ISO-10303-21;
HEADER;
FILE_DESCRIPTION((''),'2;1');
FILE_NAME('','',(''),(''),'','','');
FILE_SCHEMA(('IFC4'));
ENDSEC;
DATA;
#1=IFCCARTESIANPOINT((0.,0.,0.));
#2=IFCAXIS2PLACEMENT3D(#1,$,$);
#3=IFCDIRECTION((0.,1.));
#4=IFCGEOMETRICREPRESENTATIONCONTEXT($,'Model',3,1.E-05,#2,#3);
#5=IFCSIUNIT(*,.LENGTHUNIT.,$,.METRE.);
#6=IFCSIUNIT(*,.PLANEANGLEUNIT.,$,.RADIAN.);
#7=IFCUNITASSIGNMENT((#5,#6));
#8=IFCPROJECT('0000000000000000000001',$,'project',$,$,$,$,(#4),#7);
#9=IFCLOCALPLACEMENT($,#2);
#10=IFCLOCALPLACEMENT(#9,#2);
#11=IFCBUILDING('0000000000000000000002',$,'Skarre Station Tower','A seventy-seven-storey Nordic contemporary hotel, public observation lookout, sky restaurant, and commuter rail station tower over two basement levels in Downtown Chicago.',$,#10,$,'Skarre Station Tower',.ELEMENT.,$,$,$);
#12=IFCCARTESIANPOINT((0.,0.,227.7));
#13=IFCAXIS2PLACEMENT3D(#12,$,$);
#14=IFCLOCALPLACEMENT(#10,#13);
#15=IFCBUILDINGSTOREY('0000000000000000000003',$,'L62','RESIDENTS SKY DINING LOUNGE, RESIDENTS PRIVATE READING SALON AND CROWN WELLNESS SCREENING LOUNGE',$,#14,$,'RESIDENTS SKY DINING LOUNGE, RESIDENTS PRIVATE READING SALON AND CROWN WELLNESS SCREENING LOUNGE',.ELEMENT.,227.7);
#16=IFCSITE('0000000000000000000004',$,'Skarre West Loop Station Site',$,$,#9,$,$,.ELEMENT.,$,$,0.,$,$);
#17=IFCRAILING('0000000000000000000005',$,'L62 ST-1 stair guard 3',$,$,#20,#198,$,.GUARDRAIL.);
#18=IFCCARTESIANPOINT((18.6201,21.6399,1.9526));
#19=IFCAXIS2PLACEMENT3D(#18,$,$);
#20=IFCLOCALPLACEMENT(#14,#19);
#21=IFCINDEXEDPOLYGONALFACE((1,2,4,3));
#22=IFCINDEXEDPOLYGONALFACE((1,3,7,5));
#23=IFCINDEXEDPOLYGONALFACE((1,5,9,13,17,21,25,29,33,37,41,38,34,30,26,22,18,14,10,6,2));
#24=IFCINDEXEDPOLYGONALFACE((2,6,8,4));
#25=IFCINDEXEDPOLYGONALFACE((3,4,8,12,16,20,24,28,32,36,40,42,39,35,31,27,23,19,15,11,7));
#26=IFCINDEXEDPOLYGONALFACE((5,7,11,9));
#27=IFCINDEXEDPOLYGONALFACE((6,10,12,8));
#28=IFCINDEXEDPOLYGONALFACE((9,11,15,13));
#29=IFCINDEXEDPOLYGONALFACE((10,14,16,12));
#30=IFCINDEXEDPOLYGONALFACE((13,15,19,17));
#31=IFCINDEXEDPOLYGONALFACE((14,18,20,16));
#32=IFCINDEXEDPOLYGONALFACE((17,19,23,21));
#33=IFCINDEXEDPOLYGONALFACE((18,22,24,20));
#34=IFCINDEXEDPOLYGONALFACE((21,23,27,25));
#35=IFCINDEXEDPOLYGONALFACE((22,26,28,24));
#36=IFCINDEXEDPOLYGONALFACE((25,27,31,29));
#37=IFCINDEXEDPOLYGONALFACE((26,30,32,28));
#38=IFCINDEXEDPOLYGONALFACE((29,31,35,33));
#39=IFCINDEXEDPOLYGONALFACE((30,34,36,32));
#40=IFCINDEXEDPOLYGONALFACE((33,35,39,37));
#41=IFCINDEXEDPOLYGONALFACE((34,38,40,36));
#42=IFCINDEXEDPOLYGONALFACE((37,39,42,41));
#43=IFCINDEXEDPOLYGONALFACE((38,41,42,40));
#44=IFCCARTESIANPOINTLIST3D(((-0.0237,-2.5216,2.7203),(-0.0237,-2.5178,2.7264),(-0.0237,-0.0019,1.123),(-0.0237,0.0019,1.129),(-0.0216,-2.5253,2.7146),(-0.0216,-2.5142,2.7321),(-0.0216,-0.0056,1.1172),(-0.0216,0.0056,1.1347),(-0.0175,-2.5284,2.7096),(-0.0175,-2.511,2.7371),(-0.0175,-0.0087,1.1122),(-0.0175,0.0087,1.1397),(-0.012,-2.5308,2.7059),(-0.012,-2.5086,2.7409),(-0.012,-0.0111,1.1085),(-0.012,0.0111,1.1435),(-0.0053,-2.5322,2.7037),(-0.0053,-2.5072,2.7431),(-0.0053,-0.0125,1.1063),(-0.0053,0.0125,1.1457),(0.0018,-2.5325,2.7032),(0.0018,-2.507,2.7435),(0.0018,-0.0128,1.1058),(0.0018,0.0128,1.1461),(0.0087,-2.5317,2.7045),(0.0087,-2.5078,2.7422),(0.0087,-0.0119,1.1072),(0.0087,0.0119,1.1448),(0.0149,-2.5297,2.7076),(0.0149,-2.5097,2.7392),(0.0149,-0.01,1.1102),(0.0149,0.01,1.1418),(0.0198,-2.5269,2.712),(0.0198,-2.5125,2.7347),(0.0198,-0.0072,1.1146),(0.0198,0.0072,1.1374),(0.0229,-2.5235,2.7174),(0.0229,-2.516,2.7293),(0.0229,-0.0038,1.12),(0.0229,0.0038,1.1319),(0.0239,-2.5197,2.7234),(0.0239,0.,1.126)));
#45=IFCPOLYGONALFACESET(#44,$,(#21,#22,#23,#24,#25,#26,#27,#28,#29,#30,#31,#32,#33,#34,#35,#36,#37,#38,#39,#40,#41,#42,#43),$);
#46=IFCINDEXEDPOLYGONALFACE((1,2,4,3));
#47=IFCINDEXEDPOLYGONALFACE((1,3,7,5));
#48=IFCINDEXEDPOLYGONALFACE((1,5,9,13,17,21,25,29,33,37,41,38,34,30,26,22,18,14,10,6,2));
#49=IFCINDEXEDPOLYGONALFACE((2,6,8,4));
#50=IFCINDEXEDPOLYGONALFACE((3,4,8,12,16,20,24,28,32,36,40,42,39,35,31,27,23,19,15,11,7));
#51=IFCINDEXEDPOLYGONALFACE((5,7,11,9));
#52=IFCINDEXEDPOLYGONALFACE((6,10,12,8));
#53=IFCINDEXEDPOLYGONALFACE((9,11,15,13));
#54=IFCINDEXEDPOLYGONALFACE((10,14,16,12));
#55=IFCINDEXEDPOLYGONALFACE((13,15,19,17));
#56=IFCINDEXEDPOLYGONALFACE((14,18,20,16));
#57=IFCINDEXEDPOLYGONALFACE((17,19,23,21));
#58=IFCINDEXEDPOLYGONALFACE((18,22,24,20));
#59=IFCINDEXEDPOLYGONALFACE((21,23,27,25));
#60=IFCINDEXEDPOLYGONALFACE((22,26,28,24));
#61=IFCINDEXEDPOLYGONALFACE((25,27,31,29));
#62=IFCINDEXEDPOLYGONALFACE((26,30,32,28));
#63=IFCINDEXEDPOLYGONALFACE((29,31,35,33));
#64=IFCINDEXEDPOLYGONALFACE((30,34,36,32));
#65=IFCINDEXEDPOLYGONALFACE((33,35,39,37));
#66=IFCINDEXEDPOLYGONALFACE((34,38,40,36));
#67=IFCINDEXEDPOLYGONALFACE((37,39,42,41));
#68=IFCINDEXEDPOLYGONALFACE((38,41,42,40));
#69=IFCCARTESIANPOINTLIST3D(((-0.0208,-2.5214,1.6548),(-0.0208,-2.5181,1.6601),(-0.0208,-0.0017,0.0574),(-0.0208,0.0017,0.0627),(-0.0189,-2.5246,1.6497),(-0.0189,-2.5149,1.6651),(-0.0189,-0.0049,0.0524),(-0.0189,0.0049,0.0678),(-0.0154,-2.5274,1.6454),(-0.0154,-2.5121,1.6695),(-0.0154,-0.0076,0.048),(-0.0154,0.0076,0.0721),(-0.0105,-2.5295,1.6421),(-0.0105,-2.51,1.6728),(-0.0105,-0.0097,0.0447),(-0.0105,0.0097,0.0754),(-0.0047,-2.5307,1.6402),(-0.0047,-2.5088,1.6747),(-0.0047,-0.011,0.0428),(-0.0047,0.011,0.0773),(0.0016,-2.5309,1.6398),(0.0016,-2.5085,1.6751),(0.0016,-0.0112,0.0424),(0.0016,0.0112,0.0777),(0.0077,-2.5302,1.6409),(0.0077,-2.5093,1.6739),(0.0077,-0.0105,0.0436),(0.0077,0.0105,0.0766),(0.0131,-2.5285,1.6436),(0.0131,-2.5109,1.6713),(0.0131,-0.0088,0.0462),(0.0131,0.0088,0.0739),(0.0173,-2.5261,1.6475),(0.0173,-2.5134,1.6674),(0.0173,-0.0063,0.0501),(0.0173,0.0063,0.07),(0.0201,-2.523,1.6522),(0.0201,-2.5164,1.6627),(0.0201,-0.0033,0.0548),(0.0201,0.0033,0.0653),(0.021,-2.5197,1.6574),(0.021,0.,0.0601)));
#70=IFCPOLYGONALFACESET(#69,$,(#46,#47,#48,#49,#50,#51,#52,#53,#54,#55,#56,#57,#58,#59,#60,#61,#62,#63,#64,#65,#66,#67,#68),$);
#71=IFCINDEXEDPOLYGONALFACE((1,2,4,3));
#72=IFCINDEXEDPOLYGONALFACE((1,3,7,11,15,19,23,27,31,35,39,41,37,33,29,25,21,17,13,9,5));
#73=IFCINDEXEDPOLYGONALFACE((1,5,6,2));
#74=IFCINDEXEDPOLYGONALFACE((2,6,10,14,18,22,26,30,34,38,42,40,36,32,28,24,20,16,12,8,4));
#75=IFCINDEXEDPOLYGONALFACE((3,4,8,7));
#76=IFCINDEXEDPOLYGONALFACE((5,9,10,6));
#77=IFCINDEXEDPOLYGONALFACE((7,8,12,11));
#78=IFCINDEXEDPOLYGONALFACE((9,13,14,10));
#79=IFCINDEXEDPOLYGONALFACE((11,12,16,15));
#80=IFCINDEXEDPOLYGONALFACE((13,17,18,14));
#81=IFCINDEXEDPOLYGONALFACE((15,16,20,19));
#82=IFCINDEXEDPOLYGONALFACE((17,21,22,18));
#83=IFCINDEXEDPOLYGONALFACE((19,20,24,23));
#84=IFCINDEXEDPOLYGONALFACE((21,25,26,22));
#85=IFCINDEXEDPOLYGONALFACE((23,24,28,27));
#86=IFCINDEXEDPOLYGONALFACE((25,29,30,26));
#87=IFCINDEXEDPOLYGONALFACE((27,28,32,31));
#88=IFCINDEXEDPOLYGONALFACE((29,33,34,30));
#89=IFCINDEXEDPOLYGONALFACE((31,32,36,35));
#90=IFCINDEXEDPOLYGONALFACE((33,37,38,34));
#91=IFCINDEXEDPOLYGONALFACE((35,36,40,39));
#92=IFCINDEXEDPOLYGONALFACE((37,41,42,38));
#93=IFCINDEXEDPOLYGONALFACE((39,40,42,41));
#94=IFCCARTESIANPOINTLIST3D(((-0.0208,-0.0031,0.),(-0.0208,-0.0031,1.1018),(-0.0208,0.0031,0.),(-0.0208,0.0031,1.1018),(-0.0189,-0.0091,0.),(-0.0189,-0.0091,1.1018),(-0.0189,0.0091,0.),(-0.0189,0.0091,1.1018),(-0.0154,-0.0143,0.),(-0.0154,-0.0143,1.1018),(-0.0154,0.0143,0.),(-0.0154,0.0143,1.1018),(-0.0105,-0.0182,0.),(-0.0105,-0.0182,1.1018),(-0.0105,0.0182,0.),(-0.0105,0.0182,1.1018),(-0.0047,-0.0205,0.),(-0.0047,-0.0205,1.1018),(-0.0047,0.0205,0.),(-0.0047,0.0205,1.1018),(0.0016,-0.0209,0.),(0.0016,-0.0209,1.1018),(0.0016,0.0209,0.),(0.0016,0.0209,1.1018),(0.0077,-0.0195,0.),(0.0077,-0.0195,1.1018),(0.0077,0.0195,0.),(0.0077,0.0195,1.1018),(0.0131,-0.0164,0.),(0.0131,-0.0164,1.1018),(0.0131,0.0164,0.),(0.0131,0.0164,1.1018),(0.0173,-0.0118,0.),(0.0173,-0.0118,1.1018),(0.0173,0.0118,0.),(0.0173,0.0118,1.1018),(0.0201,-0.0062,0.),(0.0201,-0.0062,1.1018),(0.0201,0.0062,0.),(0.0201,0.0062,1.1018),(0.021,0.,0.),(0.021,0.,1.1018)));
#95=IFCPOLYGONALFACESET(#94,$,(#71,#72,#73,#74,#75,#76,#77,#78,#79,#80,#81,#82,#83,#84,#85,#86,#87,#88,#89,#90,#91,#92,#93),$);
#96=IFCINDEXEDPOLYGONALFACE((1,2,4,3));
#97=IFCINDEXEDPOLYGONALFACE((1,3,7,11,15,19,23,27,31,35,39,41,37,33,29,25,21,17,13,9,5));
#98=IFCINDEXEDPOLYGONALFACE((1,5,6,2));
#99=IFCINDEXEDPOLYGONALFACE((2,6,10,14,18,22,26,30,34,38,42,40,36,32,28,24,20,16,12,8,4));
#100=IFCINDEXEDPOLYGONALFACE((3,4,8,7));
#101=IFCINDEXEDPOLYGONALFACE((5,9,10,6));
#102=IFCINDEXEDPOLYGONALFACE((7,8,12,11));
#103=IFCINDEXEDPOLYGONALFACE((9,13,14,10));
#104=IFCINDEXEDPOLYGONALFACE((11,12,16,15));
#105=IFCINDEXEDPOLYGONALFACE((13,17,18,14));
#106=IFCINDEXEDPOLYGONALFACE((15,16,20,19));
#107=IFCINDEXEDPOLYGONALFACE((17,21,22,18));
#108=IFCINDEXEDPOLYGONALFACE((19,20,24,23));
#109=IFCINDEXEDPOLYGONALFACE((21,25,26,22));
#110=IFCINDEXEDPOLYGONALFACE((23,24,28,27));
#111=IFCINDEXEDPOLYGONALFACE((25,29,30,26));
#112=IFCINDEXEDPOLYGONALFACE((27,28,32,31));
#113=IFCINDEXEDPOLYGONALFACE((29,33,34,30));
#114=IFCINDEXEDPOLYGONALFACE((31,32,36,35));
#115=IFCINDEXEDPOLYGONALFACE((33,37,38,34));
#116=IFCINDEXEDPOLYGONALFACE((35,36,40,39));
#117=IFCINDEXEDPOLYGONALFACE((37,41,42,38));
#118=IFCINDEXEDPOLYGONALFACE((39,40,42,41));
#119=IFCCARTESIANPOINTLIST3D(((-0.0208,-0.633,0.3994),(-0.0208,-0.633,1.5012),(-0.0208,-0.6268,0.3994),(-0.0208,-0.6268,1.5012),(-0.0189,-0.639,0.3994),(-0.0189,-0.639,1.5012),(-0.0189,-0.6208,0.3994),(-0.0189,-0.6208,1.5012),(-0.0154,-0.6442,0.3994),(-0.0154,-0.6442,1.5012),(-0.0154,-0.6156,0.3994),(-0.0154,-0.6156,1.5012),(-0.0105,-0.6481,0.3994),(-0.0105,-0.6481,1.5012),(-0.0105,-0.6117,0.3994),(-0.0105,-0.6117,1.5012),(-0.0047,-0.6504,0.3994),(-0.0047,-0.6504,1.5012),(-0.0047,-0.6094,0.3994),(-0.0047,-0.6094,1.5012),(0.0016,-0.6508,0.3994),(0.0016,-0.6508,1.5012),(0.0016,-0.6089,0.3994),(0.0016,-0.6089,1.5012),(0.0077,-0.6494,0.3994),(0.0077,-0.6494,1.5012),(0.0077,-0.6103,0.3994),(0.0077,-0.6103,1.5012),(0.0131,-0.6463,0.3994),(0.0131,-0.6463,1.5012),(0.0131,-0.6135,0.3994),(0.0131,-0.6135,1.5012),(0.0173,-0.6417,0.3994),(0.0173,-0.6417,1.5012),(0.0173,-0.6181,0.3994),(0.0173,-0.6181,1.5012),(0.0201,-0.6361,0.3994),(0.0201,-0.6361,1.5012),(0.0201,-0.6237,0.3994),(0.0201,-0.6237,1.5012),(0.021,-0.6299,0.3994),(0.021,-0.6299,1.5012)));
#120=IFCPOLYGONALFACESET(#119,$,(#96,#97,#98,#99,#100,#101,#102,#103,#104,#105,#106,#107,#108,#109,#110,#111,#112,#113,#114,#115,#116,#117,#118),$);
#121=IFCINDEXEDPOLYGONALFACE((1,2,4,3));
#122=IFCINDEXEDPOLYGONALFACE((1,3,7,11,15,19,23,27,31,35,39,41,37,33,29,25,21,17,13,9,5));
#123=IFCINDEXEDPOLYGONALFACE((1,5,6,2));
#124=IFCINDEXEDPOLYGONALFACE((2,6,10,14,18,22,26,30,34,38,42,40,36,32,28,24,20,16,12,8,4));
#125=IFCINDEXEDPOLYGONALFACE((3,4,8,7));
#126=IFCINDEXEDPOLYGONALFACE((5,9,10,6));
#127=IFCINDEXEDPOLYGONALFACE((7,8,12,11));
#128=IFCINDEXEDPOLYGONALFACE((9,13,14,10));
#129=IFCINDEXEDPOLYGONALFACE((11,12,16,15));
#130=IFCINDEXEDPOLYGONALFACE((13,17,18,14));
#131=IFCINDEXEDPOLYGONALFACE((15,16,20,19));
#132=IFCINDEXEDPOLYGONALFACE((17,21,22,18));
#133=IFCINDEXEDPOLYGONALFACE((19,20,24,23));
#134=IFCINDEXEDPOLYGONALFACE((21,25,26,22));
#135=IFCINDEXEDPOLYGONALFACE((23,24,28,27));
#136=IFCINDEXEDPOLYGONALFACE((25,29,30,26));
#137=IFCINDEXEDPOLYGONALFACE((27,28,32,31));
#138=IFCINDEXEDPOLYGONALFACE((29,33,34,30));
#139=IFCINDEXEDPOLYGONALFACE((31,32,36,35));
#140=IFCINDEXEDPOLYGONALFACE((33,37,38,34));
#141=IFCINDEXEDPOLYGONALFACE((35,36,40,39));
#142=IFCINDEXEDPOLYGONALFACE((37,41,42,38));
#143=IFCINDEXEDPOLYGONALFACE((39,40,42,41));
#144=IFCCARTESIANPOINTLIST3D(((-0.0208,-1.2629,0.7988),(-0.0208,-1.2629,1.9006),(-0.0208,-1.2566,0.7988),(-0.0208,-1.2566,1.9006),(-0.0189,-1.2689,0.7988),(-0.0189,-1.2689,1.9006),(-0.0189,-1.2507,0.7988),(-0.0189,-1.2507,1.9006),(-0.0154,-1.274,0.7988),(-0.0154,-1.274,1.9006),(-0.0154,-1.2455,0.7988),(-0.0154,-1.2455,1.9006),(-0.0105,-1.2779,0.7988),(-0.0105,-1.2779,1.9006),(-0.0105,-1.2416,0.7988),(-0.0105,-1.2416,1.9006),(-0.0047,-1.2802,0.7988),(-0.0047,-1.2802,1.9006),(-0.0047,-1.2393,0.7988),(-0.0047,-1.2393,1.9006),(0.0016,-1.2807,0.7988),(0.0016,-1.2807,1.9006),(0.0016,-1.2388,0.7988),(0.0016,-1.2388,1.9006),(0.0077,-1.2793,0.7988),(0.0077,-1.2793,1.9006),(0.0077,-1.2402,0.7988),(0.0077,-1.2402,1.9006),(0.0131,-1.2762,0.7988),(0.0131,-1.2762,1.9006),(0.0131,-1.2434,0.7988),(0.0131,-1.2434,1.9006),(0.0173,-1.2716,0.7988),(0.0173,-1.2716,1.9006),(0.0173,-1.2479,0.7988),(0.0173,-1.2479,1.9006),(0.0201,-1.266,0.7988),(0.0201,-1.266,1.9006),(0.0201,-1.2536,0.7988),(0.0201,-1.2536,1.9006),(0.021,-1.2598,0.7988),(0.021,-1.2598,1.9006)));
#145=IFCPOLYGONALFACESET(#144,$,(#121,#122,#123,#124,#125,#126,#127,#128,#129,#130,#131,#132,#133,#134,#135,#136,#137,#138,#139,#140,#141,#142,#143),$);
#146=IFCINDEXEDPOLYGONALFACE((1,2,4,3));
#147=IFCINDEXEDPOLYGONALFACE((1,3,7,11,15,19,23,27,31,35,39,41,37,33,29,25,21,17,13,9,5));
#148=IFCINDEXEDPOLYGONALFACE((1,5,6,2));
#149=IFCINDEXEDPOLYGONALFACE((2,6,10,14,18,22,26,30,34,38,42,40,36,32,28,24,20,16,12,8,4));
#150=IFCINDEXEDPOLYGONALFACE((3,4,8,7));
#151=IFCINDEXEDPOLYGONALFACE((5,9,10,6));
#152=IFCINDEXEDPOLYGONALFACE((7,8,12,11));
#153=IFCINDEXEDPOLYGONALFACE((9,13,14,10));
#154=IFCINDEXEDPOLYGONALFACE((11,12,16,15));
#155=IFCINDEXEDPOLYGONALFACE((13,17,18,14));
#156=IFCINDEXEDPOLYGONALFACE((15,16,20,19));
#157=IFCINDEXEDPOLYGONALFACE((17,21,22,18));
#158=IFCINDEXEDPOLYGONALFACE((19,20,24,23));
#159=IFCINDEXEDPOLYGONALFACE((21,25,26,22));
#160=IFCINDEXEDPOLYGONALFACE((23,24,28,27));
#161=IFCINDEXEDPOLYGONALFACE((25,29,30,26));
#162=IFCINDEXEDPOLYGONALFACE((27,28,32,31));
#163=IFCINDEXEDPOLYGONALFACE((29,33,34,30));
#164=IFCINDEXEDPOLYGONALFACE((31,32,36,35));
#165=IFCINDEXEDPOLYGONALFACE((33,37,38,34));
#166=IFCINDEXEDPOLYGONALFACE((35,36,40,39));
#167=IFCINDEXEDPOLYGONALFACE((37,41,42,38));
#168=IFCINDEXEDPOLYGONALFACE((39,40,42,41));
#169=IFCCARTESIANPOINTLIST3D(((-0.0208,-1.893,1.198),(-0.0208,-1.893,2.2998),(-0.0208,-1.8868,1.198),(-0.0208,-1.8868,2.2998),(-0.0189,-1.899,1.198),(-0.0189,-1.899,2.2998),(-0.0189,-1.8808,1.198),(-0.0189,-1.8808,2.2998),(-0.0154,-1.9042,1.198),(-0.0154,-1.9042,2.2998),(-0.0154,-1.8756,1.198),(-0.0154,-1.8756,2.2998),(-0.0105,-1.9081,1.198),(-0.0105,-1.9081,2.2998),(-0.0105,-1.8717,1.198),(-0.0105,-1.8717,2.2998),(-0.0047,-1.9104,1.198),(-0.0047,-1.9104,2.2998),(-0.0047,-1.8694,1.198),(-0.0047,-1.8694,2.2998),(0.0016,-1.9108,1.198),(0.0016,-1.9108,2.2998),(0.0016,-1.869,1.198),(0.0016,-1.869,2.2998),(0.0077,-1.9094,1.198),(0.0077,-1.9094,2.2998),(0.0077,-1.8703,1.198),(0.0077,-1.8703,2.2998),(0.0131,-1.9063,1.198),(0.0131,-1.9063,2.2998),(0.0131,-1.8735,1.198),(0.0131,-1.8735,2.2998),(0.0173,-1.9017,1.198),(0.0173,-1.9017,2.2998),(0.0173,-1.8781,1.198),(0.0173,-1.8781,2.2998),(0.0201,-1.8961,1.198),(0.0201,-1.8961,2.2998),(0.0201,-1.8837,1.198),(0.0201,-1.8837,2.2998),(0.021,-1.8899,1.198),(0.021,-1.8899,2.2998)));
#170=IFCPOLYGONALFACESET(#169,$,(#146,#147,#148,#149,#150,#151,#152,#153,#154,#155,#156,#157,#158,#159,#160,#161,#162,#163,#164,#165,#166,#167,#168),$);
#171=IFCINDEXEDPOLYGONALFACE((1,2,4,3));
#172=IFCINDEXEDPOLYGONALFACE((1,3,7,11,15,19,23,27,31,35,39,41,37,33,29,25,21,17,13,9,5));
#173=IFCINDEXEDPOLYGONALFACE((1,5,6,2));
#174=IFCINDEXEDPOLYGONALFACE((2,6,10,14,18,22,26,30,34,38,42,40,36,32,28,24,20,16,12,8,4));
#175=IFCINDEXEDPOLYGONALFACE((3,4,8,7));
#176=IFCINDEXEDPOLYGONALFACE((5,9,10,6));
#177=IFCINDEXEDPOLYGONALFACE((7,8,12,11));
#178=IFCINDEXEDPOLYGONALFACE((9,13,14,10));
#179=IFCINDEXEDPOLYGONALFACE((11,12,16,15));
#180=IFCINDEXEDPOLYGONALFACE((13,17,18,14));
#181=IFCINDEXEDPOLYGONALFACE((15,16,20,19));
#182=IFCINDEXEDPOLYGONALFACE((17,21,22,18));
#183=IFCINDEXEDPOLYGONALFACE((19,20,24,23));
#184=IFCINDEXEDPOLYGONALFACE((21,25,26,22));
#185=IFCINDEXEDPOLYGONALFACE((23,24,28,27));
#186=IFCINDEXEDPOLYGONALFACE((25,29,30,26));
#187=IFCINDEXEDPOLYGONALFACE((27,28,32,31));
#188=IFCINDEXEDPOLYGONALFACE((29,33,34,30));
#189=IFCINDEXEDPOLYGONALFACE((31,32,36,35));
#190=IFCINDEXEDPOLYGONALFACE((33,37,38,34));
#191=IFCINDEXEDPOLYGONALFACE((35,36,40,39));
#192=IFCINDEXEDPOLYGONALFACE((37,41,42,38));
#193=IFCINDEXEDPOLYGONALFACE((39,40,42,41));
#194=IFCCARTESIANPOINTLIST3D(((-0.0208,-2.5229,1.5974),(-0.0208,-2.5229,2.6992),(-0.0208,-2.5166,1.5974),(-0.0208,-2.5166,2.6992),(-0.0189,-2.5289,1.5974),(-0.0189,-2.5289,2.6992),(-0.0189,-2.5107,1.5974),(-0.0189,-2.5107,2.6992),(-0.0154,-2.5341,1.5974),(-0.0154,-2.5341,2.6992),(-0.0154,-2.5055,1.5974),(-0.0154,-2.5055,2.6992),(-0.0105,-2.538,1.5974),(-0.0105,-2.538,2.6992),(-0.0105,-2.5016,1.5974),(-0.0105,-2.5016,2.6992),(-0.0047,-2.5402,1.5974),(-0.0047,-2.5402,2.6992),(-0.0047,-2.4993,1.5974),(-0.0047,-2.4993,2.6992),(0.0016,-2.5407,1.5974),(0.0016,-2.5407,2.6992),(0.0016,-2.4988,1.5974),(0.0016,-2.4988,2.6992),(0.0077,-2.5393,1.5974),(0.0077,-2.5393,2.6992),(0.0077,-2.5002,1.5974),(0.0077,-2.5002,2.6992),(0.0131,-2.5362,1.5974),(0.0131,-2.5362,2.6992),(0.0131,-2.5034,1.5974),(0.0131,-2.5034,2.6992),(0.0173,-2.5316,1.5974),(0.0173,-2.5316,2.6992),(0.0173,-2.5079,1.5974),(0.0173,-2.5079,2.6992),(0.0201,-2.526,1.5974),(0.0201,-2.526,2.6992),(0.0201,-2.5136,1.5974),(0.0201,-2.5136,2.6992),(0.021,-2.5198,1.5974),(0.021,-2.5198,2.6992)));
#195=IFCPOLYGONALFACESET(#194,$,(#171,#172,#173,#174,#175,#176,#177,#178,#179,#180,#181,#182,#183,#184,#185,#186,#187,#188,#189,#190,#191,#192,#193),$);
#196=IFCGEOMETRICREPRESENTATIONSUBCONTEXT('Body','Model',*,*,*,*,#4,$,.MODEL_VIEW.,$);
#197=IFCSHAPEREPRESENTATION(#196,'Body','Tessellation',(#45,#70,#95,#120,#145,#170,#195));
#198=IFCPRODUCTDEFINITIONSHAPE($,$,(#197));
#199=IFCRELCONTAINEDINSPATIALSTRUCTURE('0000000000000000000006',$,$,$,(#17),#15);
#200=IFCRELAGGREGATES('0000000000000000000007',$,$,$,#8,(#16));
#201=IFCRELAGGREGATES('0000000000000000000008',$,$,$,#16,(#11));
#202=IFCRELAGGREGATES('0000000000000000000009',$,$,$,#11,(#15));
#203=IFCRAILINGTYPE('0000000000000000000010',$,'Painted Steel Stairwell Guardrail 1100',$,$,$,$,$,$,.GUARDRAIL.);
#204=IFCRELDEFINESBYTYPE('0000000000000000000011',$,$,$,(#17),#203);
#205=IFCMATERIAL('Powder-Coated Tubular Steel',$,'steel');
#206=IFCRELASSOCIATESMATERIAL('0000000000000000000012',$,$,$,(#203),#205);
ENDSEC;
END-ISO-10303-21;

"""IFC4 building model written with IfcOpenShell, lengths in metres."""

from ifc_helpers import new_model, si_unit, direction, frame, origin, origin_2d, place, context, subcontext, project, spatial, circle, extrude, material, type_object, element, save


model = new_model("IFC4")

# Units and contexts
model_context = context("Model", 3, precision=1e-05, world=origin(), true_north=direction((0.0, 1.0)))
body_context = subcontext(model_context, "Body", "Model", "MODEL_VIEW")
ifc_project = project(units=[si_unit("LENGTHUNIT", "METRE"), si_unit("PLANEANGLEUNIT", "RADIAN")], contexts=[model_context])

# Site, building, storey
site_placement = place(None, origin())
site = spatial("IfcSite", under=ifc_project, at=site_placement, Name="Skarre West Loop Station Site", CompositionType="ELEMENT", RefElevation=0.0)
building_placement = place(site_placement, origin())
building = spatial("IfcBuilding", under=site, at=building_placement, Name="Skarre Station Tower", Description="A seventy-seven-storey Nordic contemporary hotel, public observation lookout, sky restaurant, and commuter rail station tower over two basement levels in Downtown Chicago.", LongName="Skarre Station Tower", CompositionType="ELEMENT")
storey_placement = place(building_placement, frame((0.0, 0.0, 227.7)))
storey = spatial("IfcBuildingStorey", under=building, at=storey_placement, Name="L62", Description="RESIDENTS SKY DINING LOUNGE, RESIDENTS PRIVATE READING SALON AND CROWN WELLNESS SCREENING LOUNGE", LongName="RESIDENTS SKY DINING LOUNGE, RESIDENTS PRIVATE READING SALON AND CROWN WELLNESS SCREENING LOUNGE", CompositionType="ELEMENT", Elevation=227.7)

# Railing
ifc_material_1 = material(Name="Powder-Coated Tubular Steel", Category="steel")
railing_type_1 = type_object("IfcRailingType", Name="Painted Steel Stairwell Guardrail 1100", PredefinedType="GUARDRAIL", material=ifc_material_1)
railing_1_placement = place(storey_placement, frame((18.6201, 21.6399, 1.9526)))
element("IfcRailing", 1, at=railing_1_placement, inside=storey, type_object=railing_type_1, Name="L62 ST-1 stair guard 3", PredefinedType="GUARDRAIL", context=body_context, shape_type="SweptSolid", body=[
    extrude(circle(Radius=0.0239, at=origin_2d()), frame((0.0, 0.0, 1.126), z_axis=(0.0, -0.844583, 0.535424), x_axis=(1.0, 0.0, 0.0)), (0.0, 0.0, 1.0), 2.9834),
    extrude(circle(Radius=0.021, at=origin_2d()), frame((0.0, 0.0, 0.0601), z_axis=(0.0, -0.844583, 0.535424), x_axis=(1.0, 0.0, 0.0)), (0.0, 0.0, 1.0), 2.9834),
    extrude(circle(Radius=0.021, at=origin_2d()), origin(), (0.0, 0.0, 1.0), 1.1018),
    extrude(circle(Radius=0.021, at=origin_2d()), frame((0.0, -0.6299, 0.3994)), (0.0, 0.0, 1.0), 1.1018),
    extrude(circle(Radius=0.021, at=origin_2d()), frame((0.0, -1.2598, 0.7988)), (0.0, 0.0, 1.0), 1.1018),
    extrude(circle(Radius=0.021, at=origin_2d()), frame((0.0, -1.8899, 1.198)), (0.0, 0.0, 1.0), 1.1018),
    extrude(circle(Radius=0.021, at=origin_2d()), frame((0.0, -2.5198, 1.5974)), (0.0, 0.0, 1.0), 1.1018),
])

save(model, "model.ifc")
